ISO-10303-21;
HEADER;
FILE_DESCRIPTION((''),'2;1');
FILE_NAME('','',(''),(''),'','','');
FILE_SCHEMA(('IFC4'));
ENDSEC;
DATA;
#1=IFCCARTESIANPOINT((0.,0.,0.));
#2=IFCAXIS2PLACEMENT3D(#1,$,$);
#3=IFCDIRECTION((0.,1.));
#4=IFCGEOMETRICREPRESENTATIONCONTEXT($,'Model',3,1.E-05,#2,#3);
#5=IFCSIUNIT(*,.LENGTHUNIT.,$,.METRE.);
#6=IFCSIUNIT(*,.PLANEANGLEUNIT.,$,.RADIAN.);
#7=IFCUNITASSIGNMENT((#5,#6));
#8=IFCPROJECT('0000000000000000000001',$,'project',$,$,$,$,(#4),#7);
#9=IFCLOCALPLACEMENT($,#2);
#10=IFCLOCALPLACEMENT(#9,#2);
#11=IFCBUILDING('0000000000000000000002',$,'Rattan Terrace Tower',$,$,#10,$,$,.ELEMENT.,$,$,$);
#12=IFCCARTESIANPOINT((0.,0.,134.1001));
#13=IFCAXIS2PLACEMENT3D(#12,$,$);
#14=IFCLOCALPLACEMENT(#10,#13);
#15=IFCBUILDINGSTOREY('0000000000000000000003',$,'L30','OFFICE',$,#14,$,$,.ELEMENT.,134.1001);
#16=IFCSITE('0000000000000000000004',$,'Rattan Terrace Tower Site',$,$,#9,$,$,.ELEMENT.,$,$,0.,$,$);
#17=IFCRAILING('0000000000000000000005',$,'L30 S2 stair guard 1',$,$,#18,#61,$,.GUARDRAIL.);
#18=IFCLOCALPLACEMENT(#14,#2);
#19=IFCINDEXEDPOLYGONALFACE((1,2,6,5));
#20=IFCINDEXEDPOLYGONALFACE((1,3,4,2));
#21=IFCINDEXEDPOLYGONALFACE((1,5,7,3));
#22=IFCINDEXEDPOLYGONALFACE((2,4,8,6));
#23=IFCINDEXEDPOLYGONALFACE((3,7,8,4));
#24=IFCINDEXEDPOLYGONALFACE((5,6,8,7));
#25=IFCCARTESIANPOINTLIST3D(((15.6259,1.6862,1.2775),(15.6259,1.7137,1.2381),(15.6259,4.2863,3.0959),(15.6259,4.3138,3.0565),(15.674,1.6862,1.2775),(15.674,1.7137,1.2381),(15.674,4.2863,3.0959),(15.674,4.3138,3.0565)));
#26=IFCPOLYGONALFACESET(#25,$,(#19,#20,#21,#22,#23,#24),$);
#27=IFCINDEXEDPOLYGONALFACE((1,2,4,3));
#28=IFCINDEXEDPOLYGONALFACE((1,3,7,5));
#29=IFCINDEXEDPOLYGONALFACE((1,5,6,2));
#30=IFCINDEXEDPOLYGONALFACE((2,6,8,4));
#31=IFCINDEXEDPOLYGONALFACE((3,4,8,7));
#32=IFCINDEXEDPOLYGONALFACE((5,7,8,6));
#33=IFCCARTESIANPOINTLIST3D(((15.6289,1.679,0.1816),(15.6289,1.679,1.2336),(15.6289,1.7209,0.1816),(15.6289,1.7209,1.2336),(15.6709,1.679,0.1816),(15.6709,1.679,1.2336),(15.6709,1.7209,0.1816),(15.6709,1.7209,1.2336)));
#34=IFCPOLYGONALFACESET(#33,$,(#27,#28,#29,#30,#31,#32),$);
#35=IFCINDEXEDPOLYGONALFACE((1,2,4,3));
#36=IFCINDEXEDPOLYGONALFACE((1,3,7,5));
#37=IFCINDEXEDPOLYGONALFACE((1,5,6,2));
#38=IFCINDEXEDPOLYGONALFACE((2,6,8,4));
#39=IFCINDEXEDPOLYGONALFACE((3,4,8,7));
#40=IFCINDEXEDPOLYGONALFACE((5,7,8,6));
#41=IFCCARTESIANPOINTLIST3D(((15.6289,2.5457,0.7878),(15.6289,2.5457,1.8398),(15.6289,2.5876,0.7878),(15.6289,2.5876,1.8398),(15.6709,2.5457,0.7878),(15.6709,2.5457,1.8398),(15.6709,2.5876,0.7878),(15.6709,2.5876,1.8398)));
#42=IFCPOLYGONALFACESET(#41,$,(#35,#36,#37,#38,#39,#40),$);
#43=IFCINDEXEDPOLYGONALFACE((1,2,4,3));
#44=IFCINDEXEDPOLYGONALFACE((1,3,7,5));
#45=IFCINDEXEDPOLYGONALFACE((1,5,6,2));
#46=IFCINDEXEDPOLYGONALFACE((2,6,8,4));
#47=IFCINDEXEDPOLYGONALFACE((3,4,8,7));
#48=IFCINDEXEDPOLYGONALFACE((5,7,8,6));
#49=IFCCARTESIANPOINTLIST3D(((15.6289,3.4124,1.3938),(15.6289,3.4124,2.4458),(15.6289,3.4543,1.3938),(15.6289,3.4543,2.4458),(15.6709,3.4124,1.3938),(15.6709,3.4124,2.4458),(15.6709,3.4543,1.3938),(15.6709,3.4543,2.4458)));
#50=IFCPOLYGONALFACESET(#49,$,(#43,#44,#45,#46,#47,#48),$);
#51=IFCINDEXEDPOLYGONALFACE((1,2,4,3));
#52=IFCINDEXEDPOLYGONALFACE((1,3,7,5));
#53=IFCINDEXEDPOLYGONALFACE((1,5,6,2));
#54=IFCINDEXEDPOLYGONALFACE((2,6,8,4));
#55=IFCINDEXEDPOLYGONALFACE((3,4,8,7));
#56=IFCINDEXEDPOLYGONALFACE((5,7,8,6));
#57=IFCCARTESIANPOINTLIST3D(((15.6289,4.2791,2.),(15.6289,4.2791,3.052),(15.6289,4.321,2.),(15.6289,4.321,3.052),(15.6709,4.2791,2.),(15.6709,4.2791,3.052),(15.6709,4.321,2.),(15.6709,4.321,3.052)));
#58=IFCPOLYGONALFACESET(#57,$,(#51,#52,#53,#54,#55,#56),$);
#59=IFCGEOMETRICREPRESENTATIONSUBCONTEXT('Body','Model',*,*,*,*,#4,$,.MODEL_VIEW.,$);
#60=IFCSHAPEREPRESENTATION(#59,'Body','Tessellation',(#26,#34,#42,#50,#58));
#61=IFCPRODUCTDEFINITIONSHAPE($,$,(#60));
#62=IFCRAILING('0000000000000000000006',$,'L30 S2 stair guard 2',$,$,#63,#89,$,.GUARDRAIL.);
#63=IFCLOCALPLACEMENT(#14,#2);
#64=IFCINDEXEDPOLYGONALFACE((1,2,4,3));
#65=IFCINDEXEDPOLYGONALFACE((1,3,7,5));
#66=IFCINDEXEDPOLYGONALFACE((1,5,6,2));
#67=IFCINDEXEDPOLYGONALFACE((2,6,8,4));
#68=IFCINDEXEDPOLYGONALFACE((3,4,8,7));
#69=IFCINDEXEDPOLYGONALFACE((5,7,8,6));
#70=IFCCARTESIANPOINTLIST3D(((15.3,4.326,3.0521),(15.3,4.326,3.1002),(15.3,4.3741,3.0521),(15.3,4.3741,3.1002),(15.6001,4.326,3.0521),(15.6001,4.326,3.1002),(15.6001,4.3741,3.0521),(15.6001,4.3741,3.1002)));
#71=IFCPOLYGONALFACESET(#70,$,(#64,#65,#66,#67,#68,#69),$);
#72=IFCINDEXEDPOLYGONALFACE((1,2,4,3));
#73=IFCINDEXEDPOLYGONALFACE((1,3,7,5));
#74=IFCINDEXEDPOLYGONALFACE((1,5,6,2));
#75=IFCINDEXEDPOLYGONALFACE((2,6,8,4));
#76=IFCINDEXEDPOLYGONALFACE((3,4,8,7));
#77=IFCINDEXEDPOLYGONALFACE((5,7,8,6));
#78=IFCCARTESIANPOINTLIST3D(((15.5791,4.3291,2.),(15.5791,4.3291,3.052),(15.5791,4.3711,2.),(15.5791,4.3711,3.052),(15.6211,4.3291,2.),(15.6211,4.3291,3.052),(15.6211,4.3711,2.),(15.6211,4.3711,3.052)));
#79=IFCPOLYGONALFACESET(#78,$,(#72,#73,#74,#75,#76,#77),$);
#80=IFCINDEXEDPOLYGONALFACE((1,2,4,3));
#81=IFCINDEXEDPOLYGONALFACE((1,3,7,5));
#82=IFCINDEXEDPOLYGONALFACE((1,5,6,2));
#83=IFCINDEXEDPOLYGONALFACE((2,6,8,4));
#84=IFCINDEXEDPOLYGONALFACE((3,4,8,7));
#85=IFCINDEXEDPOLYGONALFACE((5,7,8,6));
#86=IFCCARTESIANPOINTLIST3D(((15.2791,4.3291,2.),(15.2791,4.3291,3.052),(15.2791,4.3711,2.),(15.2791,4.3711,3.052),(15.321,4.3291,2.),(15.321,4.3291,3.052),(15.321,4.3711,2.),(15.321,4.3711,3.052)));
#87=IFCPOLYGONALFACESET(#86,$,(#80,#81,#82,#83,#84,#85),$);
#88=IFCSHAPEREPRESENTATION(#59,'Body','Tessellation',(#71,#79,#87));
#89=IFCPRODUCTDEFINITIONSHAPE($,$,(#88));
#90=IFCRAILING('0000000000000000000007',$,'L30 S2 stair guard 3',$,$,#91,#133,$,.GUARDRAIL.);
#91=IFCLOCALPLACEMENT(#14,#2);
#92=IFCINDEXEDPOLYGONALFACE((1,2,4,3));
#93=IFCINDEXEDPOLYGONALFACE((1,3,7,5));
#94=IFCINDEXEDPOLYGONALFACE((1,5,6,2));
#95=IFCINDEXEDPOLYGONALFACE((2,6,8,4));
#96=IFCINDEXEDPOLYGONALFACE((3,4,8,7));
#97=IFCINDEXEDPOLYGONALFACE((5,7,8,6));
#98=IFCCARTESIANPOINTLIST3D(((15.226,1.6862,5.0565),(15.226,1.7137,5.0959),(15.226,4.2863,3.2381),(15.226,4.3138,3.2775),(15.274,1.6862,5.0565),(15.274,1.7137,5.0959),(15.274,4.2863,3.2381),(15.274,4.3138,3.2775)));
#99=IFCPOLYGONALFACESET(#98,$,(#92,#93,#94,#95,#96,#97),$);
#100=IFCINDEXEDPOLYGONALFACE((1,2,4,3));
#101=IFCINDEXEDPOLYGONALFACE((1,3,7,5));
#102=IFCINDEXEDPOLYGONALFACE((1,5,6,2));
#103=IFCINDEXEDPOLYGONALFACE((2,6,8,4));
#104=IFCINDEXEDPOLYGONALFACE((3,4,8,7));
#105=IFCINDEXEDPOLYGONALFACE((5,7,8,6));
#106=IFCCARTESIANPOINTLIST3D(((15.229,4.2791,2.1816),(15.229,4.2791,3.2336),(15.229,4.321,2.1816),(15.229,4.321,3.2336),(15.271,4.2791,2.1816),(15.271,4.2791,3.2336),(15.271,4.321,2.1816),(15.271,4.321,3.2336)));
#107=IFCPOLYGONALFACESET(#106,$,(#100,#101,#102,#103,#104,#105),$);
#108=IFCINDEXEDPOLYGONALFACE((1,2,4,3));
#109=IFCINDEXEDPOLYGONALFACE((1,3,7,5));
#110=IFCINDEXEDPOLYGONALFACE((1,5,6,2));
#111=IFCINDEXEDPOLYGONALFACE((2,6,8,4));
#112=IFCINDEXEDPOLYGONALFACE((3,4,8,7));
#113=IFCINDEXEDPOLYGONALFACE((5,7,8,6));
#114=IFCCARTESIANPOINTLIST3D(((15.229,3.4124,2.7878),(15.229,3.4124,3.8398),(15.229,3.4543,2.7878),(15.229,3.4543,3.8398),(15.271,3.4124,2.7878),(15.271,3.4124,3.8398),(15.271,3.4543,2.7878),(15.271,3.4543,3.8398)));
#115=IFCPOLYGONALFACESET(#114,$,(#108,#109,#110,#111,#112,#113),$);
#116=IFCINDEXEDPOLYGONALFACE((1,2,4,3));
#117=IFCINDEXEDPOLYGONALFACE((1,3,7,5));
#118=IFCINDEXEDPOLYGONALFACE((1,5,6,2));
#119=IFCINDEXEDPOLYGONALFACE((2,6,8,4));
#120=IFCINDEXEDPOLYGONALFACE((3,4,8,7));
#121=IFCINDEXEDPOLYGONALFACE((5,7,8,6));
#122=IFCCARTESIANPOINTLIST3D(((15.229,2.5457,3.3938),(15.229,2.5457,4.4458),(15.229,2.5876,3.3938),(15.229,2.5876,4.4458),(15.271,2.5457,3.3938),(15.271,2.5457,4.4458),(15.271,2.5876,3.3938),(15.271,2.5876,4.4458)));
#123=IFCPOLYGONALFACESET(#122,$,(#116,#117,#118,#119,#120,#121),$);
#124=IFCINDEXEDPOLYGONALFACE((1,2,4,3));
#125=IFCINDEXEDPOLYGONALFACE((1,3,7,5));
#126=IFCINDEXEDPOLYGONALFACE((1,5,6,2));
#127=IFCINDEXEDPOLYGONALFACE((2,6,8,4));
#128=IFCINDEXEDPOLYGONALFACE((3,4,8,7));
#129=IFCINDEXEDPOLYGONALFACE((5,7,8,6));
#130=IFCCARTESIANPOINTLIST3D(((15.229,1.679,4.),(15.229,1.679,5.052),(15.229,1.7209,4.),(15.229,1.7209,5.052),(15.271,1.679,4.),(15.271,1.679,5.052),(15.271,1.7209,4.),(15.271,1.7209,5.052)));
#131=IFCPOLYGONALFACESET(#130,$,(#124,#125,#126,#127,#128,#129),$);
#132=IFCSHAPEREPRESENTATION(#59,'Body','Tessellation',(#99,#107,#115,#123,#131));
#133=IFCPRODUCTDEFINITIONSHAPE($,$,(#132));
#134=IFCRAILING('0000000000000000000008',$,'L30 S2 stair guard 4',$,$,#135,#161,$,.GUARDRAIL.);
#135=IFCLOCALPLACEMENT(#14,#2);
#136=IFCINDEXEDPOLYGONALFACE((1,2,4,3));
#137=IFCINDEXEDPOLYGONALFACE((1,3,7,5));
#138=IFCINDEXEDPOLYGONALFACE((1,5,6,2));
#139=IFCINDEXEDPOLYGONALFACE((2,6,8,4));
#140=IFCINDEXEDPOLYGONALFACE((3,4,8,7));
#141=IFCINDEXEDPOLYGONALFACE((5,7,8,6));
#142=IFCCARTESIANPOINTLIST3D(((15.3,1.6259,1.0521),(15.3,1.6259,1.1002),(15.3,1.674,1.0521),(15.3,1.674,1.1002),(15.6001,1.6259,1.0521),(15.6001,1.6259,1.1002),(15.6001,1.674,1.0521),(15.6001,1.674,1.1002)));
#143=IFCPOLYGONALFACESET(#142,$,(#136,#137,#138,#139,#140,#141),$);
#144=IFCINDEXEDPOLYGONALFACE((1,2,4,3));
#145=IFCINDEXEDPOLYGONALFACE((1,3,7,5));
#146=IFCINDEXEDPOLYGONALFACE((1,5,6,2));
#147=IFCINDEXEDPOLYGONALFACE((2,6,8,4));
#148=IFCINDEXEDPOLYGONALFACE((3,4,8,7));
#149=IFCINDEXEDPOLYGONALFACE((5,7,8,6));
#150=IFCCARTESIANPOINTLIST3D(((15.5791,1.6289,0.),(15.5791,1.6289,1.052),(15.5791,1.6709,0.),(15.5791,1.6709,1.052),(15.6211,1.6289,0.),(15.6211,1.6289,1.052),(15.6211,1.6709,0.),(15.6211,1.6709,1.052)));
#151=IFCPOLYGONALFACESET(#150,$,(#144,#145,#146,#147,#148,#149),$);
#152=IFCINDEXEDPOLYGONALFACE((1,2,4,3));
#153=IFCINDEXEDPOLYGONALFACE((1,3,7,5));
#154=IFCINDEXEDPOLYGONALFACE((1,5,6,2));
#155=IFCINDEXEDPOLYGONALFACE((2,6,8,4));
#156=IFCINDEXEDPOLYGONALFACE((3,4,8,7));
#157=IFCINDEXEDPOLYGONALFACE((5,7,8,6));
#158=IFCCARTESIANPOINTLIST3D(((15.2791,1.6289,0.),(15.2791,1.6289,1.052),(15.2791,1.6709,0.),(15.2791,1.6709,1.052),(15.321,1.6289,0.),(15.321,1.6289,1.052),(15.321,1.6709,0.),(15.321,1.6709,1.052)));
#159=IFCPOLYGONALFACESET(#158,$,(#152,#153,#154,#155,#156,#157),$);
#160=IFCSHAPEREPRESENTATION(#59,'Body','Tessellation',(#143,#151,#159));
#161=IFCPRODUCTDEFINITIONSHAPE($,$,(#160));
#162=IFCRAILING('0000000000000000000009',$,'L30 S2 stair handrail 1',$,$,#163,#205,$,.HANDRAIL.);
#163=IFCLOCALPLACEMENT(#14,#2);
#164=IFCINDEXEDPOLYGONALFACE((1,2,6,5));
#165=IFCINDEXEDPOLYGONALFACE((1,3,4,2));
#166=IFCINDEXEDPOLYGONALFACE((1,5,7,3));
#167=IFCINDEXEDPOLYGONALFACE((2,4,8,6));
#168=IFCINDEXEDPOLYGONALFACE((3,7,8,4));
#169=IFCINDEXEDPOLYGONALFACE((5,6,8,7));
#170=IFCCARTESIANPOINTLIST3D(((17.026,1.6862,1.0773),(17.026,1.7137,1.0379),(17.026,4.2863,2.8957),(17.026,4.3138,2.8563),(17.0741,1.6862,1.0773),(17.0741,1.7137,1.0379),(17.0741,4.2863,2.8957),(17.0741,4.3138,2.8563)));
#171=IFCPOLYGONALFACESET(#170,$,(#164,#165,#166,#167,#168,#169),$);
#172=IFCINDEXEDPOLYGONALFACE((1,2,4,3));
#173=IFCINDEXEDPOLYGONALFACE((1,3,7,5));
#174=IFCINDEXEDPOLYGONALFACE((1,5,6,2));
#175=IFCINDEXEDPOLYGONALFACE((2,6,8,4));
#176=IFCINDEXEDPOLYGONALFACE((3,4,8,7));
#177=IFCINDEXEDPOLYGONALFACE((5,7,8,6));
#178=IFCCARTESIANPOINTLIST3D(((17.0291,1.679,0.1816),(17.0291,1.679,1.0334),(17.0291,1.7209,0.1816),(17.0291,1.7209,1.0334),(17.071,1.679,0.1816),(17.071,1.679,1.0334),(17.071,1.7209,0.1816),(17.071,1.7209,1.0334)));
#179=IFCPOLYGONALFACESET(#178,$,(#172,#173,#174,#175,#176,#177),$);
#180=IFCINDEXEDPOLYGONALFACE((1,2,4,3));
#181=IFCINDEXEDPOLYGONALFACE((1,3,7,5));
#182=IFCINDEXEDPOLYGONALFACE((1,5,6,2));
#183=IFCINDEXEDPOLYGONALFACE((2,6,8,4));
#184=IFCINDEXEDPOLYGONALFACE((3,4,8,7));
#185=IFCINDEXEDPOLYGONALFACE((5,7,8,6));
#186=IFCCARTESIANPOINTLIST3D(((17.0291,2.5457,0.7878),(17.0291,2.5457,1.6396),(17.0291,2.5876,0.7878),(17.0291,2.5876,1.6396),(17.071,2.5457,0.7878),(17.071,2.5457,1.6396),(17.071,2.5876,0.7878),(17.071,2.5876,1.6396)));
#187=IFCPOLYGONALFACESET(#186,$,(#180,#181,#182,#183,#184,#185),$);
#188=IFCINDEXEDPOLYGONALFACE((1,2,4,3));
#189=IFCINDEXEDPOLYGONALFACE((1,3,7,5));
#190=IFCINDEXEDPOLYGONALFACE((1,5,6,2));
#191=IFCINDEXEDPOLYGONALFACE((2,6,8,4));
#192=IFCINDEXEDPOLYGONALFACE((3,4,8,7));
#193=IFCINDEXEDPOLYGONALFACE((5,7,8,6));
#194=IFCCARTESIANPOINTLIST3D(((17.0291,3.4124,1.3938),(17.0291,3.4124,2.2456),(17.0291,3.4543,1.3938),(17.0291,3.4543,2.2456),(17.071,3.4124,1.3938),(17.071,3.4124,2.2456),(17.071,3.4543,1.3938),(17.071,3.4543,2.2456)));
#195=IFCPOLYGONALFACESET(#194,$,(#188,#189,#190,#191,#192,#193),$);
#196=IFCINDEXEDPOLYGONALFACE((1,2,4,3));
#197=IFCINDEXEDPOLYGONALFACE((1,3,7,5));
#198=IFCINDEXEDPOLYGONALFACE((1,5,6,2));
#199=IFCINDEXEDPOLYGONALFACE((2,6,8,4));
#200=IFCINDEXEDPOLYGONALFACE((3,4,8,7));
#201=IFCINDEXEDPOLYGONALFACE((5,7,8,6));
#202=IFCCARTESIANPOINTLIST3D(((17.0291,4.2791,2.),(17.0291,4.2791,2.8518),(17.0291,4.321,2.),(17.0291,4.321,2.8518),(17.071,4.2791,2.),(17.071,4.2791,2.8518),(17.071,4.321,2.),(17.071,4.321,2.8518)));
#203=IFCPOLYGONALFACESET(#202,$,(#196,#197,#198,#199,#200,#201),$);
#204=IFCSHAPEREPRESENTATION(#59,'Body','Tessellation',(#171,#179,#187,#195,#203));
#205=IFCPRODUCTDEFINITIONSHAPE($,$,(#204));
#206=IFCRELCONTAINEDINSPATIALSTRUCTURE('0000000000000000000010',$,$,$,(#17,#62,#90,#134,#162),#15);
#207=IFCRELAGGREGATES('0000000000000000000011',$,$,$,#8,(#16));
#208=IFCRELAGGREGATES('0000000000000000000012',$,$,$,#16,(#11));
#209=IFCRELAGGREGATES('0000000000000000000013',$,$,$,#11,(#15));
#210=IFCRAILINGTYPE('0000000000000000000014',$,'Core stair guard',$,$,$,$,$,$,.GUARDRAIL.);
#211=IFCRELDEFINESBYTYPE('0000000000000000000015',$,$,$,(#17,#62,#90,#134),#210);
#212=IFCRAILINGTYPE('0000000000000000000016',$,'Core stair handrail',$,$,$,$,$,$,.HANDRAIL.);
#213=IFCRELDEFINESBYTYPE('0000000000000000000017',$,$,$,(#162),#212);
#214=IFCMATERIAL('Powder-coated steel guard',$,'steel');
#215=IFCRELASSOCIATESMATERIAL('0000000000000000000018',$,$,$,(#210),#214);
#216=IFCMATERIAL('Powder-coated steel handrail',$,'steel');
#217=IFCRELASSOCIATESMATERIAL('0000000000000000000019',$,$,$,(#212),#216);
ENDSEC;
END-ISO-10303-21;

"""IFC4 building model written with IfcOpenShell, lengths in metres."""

from ifc_helpers import new_model, si_unit, direction, frame, origin, origin_2d, place, context, subcontext, project, spatial, rectangle, extrude, material, type_object, element, save


model = new_model("IFC4")

# Units and contexts
model_context = context("Model", 3, precision=1e-05, world=origin(), true_north=direction((0.0, 1.0)))
body_context = subcontext(model_context, "Body", "Model", "MODEL_VIEW")
ifc_project = project(units=[si_unit("LENGTHUNIT", "METRE"), si_unit("PLANEANGLEUNIT", "RADIAN")], contexts=[model_context])

# Site, building, storey
site_placement = place(None, origin())
site = spatial("IfcSite", under=ifc_project, at=site_placement, Name="Rattan Terrace Tower Site", CompositionType="ELEMENT", RefElevation=0.0)
building_placement = place(site_placement, origin())
building = spatial("IfcBuilding", under=site, at=building_placement, Name="Rattan Terrace Tower", CompositionType="ELEMENT")
storey_placement = place(building_placement, frame((0.0, 0.0, 134.1001)))
storey = spatial("IfcBuildingStorey", under=building, at=storey_placement, Name="L30", Description="OFFICE", CompositionType="ELEMENT", Elevation=134.1001)

# Railings
ifc_material_1 = material(Name="Powder-coated steel guard", Category="steel")
railing_type_1 = type_object("IfcRailingType", Name="Core stair guard", PredefinedType="GUARDRAIL", material=ifc_material_1)
railing_1_placement = place(storey_placement, frame((15.6499, 1.7, 0.1816)))
element("IfcRailing", 1, at=railing_1_placement, inside=storey, type_object=railing_type_1, Name="L30 S2 stair guard 1", PredefinedType="GUARDRAIL", context=body_context, shape_type="SweptSolid", body=[
    extrude(rectangle(XDim=0.0481, YDim=0.0481, at=origin_2d()), frame((0.0, 0.0, 1.0762), z_axis=(0.0, 0.819485, 0.573101), x_axis=(-1.0, 0.0, 0.0)), (0.0, 0.0, 1.0), 3.1729),
    extrude(rectangle(XDim=0.042, YDim=0.042, at=origin_2d()), origin(), (0.0, 0.0, 1.0), 1.052),
    extrude(rectangle(XDim=0.042, YDim=0.042, at=origin_2d()), frame((0.0, 0.8667, 0.6062)), (0.0, 0.0, 1.0), 1.052),
    extrude(rectangle(XDim=0.042, YDim=0.042, at=origin_2d()), frame((0.0, 1.7334, 1.2122)), (0.0, 0.0, 1.0), 1.052),
    extrude(rectangle(XDim=0.042, YDim=0.042, at=origin_2d()), frame((0.0, 2.6001, 1.8184)), (0.0, 0.0, 1.0), 1.052),
])
railing_2_placement = place(storey_placement, frame((15.6001, 4.3501, 2.0)))
element("IfcRailing", 2, at=railing_2_placement, inside=storey, type_object=railing_type_1, Name="L30 S2 stair guard 2", PredefinedType="GUARDRAIL", context=body_context, shape_type="SweptSolid", body=[
    extrude(rectangle(XDim=0.0481, YDim=0.0481, at=origin_2d()), frame((0.0, 0.0, 1.0762), z_axis=(-1.0, 0.0, 0.0), x_axis=(0.0, -1.0, 0.0)), (0.0, 0.0, 1.0), 0.3),
    extrude(rectangle(XDim=0.042, YDim=0.042, at=origin_2d()), origin(), (0.0, 0.0, 1.0), 1.052),
    extrude(rectangle(XDim=0.042, YDim=0.042, at=origin_2d()), frame((-0.3, 0.0, 0.0)), (0.0, 0.0, 1.0), 1.052),
])
railing_3_placement = place(storey_placement, frame((15.25, 4.3, 2.1816)))
element("IfcRailing", 3, at=railing_3_placement, inside=storey, type_object=railing_type_1, Name="L30 S2 stair guard 3", PredefinedType="GUARDRAIL", context=body_context, shape_type="SweptSolid", body=[
    extrude(rectangle(XDim=0.0481, YDim=0.0481, at=origin_2d()), frame((0.0, 0.0, 1.0762), z_axis=(0.0, -0.819485, 0.573101), x_axis=(1.0, 0.0, 0.0)), (0.0, 0.0, 1.0), 3.1729),
    extrude(rectangle(XDim=0.042, YDim=0.042, at=origin_2d()), origin(), (0.0, 0.0, 1.0), 1.052),
    extrude(rectangle(XDim=0.042, YDim=0.042, at=origin_2d()), frame((0.0, -0.8667, 0.6062)), (0.0, 0.0, 1.0), 1.052),
    extrude(rectangle(XDim=0.042, YDim=0.042, at=origin_2d()), frame((0.0, -1.7334, 1.2122)), (0.0, 0.0, 1.0), 1.052),
    extrude(rectangle(XDim=0.042, YDim=0.042, at=origin_2d()), frame((0.0, -2.6001, 1.8184)), (0.0, 0.0, 1.0), 1.052),
])
railing_4_placement = place(storey_placement, frame((15.6001, 1.6499, 0.0)))
element("IfcRailing", 4, at=railing_4_placement, inside=storey, type_object=railing_type_1, Name="L30 S2 stair guard 4", PredefinedType="GUARDRAIL", context=body_context, shape_type="SweptSolid", body=[
    extrude(rectangle(XDim=0.0481, YDim=0.0481, at=origin_2d()), frame((0.0, 0.0, 1.0762), z_axis=(-1.0, 0.0, 0.0), x_axis=(0.0, -1.0, 0.0)), (0.0, 0.0, 1.0), 0.3),
    extrude(rectangle(XDim=0.042, YDim=0.042, at=origin_2d()), origin(), (0.0, 0.0, 1.0), 1.052),
    extrude(rectangle(XDim=0.042, YDim=0.042, at=origin_2d()), frame((-0.3, 0.0, 0.0)), (0.0, 0.0, 1.0), 1.052),
])
ifc_material_2 = material(Name="Powder-coated steel handrail", Category="steel")
railing_type_2 = type_object("IfcRailingType", Name="Core stair handrail", PredefinedType="HANDRAIL", material=ifc_material_2)
railing_5_placement = place(storey_placement, frame((17.05, 1.7, 0.1816)))
element("IfcRailing", 5, at=railing_5_placement, inside=storey, type_object=railing_type_2, Name="L30 S2 stair handrail 1", PredefinedType="HANDRAIL", context=body_context, shape_type="SweptSolid", body=[
    extrude(rectangle(XDim=0.0481, YDim=0.0481, at=origin_2d()), frame((0.0, 0.0, 0.876), z_axis=(0.0, 0.819485, 0.573101), x_axis=(-1.0, 0.0, 0.0)), (0.0, 0.0, 1.0), 3.1729),
    extrude(rectangle(XDim=0.042, YDim=0.042, at=origin_2d()), origin(), (0.0, 0.0, 1.0), 0.8518),
    extrude(rectangle(XDim=0.042, YDim=0.042, at=origin_2d()), frame((0.0, 0.8667, 0.6062)), (0.0, 0.0, 1.0), 0.8518),
    extrude(rectangle(XDim=0.042, YDim=0.042, at=origin_2d()), frame((0.0, 1.7334, 1.2122)), (0.0, 0.0, 1.0), 0.8518),
    extrude(rectangle(XDim=0.042, YDim=0.042, at=origin_2d()), frame((0.0, 2.6001, 1.8184)), (0.0, 0.0, 1.0), 0.8518),
])

save(model, "model.ifc")
